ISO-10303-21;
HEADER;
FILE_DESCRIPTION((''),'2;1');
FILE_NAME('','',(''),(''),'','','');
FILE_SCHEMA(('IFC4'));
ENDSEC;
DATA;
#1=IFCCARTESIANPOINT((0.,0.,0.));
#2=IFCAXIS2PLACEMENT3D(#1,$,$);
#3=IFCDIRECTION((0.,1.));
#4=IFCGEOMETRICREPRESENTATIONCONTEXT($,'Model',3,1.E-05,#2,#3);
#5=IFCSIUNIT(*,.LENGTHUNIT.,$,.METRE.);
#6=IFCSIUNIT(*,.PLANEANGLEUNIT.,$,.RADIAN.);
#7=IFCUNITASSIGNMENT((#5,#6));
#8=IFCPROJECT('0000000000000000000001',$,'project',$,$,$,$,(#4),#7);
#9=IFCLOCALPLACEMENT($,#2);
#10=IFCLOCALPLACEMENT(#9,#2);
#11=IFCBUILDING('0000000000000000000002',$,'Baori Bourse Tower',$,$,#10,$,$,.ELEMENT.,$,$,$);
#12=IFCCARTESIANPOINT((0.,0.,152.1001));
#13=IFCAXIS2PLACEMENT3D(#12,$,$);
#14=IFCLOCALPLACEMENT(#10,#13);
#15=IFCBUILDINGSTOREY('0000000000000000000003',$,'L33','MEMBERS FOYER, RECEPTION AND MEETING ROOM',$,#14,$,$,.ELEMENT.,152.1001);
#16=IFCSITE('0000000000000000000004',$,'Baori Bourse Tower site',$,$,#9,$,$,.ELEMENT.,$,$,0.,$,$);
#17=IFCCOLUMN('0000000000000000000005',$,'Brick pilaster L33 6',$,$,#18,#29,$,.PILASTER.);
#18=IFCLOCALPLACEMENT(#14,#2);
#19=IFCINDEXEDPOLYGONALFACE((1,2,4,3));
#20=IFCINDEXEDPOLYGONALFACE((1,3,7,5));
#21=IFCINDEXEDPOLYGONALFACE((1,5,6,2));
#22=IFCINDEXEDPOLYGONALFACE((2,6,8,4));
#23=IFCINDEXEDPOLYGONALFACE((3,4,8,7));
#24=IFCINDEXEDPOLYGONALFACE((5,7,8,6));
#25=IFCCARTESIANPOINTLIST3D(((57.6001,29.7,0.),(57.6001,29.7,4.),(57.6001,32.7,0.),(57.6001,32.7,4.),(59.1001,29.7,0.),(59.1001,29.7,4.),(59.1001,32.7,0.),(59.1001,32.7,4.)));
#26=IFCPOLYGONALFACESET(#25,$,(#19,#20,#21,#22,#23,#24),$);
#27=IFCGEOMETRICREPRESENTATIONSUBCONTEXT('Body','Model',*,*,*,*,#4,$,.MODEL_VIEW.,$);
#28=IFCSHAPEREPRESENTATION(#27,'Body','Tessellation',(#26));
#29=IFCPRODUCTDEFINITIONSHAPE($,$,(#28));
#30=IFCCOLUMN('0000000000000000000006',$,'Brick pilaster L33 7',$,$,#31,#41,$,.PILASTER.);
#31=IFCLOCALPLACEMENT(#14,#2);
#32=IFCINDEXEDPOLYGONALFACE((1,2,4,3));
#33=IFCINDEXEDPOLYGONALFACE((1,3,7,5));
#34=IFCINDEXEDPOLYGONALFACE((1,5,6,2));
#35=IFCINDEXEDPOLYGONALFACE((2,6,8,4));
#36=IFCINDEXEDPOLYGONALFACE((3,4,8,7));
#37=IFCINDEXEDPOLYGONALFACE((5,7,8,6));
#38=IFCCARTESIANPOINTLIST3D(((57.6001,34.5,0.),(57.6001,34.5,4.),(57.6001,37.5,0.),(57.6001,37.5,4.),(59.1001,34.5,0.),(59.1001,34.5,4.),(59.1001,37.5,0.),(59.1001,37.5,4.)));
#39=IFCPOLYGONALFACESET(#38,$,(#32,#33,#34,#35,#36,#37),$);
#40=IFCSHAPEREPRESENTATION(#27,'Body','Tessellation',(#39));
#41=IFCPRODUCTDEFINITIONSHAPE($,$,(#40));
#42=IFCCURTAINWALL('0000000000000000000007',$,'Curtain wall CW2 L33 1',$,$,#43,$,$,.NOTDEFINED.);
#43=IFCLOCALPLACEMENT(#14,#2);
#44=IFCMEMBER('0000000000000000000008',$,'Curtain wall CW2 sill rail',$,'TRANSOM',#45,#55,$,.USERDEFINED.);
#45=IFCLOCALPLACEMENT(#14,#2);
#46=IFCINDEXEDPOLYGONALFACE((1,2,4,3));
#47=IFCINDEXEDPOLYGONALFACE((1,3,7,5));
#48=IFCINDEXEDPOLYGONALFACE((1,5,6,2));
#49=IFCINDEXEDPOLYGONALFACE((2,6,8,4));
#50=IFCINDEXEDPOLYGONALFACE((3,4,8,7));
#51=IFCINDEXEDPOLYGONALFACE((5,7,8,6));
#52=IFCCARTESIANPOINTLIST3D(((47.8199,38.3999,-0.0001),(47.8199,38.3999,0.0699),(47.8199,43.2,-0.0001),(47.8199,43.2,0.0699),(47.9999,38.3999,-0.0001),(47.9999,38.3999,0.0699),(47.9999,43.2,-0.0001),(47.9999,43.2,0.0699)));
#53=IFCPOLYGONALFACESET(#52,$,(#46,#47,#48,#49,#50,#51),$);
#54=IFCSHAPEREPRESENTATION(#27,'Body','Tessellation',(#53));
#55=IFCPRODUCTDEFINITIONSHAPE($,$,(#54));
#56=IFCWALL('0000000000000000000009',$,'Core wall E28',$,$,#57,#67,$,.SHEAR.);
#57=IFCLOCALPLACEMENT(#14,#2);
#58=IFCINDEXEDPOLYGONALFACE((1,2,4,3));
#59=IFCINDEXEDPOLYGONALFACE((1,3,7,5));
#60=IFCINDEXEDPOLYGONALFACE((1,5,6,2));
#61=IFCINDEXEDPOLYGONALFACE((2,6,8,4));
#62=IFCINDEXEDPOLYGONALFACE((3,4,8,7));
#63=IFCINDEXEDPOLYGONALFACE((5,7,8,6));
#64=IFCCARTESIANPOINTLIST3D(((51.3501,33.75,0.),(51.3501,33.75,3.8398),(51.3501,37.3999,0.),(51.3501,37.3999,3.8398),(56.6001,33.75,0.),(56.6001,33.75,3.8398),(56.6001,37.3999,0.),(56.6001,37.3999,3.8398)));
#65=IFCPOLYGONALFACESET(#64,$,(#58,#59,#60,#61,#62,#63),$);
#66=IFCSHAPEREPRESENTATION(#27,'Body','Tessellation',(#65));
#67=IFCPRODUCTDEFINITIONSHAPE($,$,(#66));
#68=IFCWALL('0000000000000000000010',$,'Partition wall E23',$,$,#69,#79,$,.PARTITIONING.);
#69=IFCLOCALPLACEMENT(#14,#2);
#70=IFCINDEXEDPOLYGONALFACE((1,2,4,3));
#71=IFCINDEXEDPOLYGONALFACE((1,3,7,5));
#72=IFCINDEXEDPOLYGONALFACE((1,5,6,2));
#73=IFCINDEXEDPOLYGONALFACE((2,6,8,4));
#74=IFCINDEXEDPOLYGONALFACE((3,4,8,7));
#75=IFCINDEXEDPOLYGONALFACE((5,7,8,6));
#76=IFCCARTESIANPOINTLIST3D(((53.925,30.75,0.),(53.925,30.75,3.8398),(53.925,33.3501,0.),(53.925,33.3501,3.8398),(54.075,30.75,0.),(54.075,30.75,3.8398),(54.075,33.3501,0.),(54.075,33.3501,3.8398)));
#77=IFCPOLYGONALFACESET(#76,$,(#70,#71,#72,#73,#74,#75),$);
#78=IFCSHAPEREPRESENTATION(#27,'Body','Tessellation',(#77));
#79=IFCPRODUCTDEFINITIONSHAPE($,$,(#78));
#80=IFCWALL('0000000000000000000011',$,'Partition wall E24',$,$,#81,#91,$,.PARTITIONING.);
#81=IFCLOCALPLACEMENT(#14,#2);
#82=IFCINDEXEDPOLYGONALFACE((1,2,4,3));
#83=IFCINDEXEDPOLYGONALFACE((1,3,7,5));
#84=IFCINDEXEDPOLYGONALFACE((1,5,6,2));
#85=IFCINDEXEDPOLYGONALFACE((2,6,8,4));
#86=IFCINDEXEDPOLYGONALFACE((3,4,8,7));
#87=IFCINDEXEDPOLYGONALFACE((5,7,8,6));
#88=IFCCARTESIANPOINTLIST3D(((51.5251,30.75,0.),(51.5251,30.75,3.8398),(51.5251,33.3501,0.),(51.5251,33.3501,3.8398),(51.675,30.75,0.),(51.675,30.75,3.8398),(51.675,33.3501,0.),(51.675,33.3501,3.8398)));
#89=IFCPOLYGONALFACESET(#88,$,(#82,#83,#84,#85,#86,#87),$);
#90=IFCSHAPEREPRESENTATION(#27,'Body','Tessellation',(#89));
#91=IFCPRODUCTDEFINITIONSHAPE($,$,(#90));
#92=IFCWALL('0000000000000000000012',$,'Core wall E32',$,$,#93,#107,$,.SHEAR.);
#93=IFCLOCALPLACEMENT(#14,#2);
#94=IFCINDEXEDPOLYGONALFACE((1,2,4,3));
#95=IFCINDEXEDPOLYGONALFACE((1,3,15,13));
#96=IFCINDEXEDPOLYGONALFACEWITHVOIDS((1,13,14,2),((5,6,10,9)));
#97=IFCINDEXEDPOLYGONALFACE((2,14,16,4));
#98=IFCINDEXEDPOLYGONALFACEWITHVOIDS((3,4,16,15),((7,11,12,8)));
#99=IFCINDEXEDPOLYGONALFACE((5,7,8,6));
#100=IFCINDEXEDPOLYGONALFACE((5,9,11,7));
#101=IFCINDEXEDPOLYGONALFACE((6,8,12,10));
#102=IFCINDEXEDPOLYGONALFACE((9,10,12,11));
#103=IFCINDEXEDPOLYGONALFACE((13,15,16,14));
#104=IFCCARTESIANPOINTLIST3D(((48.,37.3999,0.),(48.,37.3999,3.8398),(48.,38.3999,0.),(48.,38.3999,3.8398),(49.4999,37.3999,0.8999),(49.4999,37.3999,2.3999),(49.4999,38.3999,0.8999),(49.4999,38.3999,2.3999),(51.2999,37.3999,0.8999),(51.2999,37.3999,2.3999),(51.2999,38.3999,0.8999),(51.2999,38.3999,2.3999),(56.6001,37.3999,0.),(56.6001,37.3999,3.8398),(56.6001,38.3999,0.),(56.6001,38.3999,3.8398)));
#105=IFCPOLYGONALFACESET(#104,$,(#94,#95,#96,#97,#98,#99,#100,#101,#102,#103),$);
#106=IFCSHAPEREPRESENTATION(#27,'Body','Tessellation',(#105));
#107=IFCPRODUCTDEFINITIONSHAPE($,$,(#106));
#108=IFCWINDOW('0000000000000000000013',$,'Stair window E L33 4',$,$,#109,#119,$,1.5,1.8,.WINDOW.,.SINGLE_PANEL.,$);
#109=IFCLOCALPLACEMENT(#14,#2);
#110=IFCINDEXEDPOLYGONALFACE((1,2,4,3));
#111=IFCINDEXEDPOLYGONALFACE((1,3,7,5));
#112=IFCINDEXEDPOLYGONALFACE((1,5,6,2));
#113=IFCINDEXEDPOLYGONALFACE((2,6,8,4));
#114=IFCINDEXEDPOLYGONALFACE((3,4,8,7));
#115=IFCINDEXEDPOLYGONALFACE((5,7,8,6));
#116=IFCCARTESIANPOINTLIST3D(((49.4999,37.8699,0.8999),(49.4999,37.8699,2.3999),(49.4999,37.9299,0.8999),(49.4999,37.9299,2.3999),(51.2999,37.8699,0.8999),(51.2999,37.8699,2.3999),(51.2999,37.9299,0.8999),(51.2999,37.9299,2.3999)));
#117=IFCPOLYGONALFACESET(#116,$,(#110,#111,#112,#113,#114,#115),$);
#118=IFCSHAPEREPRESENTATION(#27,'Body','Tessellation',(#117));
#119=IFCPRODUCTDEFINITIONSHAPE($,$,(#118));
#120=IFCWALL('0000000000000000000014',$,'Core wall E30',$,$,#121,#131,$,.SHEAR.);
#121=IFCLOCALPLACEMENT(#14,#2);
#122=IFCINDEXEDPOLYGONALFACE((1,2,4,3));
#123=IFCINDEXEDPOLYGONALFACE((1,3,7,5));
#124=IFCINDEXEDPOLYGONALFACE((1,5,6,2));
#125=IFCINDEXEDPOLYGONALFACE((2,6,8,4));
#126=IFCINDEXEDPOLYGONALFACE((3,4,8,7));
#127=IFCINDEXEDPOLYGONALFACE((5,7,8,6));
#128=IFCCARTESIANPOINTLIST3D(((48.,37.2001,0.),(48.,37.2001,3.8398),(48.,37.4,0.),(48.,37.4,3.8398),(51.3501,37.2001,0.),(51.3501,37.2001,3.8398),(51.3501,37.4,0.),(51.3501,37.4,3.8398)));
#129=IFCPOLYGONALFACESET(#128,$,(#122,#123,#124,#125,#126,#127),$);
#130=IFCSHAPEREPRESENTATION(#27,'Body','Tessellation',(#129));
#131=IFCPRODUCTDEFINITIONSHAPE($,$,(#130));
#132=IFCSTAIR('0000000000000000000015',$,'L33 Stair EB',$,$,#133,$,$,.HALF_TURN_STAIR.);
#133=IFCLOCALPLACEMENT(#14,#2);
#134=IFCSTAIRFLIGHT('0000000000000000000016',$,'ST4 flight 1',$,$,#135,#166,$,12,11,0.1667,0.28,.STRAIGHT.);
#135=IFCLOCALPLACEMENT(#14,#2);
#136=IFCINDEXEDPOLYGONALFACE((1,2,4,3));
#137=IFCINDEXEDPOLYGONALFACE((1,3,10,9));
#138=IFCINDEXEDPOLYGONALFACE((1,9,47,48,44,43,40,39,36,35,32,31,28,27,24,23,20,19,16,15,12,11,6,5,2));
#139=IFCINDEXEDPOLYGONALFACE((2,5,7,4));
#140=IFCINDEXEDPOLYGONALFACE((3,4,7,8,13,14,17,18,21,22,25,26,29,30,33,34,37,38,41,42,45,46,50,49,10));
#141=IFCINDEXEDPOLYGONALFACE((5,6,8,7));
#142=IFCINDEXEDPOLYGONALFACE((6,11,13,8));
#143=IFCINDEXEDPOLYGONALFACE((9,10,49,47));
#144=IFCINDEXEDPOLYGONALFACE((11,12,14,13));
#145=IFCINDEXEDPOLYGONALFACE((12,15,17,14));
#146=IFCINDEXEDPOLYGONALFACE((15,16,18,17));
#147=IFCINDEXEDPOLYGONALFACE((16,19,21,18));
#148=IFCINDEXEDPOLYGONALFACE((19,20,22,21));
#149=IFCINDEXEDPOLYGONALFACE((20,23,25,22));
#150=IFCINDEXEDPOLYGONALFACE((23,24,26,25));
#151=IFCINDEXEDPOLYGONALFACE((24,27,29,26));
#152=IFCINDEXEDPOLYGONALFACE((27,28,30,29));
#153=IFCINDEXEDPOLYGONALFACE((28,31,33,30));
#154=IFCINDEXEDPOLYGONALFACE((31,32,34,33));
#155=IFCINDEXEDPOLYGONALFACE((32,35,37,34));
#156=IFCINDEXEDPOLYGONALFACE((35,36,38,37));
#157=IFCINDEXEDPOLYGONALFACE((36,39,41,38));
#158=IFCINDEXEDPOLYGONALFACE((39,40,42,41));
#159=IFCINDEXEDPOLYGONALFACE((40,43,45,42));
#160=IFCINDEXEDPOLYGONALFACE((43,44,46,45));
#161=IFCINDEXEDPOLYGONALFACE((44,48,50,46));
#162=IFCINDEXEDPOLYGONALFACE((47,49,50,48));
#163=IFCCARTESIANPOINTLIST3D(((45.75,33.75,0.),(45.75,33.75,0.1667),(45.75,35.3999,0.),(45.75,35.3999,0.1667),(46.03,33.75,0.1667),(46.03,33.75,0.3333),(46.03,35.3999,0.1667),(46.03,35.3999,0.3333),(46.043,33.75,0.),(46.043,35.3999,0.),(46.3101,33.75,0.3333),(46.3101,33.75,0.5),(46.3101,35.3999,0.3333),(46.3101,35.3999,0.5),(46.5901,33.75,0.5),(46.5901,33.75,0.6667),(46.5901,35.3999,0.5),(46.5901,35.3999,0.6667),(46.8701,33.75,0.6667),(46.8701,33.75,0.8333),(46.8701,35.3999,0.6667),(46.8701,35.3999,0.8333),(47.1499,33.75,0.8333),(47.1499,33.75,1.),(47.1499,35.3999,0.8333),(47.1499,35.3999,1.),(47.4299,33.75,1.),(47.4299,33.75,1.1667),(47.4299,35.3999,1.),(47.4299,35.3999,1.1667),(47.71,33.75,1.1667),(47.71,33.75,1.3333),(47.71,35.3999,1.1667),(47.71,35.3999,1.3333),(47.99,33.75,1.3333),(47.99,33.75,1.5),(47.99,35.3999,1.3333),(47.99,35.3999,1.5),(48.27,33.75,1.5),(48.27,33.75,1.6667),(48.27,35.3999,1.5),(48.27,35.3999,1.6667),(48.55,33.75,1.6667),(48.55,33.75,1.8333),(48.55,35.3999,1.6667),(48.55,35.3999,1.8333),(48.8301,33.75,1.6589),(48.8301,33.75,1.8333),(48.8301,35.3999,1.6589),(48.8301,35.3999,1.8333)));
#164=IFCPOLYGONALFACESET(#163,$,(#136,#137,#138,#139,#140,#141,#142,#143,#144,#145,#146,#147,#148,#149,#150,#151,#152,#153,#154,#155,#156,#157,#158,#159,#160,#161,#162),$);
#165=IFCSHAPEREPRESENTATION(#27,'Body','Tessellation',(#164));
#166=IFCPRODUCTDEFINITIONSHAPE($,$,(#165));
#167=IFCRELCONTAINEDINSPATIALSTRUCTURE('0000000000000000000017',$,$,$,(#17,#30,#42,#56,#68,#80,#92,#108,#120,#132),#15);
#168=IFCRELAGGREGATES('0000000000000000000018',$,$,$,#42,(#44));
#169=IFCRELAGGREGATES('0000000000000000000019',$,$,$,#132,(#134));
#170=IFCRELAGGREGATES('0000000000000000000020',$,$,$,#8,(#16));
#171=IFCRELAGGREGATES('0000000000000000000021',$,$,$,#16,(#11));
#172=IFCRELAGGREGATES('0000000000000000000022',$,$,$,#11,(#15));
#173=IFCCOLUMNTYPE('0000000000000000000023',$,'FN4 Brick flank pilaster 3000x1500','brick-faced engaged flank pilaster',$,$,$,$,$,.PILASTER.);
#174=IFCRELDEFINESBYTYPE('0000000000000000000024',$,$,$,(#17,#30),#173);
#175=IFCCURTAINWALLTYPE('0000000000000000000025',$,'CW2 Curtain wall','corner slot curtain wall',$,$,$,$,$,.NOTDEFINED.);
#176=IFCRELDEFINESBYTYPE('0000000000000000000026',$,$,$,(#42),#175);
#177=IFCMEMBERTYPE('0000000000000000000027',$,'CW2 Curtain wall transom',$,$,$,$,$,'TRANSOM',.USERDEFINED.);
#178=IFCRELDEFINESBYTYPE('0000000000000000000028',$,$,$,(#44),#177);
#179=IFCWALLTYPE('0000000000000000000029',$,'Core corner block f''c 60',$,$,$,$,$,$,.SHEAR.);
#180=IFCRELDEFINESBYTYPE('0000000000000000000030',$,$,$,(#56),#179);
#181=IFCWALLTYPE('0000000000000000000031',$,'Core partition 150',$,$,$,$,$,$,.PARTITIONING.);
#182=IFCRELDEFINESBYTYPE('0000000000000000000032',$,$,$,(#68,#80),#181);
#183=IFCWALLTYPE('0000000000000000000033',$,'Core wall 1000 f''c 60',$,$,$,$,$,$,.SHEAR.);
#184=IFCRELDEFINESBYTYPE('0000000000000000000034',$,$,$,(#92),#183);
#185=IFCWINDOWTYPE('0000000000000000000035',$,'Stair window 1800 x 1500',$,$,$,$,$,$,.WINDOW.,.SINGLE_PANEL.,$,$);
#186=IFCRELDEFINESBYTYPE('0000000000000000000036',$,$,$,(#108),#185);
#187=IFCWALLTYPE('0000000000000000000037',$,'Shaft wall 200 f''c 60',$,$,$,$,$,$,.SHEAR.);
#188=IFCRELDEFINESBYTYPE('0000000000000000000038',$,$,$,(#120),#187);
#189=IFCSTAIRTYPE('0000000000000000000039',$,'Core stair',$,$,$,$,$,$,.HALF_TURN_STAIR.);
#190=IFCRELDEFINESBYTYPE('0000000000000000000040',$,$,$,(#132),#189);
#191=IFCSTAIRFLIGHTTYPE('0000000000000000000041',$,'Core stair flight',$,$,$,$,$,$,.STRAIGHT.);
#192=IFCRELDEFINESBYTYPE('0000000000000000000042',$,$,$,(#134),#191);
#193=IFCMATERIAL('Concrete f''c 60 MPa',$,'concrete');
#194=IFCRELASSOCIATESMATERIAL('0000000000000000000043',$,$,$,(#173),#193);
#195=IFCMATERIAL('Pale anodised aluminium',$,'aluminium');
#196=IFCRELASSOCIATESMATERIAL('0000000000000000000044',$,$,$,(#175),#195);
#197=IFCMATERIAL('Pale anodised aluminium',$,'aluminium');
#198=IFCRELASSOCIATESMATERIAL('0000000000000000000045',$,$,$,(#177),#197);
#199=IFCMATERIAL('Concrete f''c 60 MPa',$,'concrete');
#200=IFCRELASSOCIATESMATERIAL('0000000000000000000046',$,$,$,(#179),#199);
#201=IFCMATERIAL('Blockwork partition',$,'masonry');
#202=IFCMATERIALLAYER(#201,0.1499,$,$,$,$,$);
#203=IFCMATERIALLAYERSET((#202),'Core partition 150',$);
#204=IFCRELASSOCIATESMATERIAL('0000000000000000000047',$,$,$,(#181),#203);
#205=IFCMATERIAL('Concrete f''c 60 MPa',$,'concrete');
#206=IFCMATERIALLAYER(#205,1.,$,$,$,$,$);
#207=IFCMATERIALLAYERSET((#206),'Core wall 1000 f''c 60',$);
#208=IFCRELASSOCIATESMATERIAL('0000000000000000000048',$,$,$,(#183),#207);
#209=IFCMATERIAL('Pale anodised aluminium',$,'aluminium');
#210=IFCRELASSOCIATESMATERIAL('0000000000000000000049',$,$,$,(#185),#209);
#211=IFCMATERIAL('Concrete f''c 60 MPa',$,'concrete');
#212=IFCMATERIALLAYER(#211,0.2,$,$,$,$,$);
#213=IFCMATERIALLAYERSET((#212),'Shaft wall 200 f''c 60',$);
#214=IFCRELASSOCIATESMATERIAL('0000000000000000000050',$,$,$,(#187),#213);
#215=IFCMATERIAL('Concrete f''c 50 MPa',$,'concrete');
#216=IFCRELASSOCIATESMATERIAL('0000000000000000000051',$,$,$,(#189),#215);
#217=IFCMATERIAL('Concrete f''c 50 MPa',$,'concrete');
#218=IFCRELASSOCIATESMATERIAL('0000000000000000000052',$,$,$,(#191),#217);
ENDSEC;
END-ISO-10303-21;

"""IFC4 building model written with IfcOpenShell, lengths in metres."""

from ifc_helpers import new_model, si_unit, direction, frame, frame_2d, origin, origin_2d, place, context, subcontext, project, spatial, polyline, rectangle, outline, extrude, material, layer, layer_set, material_profile, profile_set, type_object, element, fill, aggregate, save


model = new_model("IFC4")

# Units and contexts
model_context = context("Model", 3, precision=1e-05, world=origin(), true_north=direction((0.0, 1.0)))
body_context = subcontext(model_context, "Body", "Model", "MODEL_VIEW")
ifc_project = project(units=[si_unit("LENGTHUNIT", "METRE"), si_unit("PLANEANGLEUNIT", "RADIAN")], contexts=[model_context])

# Site, building, storey
site_placement = place(None, origin())
site = spatial("IfcSite", under=ifc_project, at=site_placement, Name="Baori Bourse Tower site", CompositionType="ELEMENT", RefElevation=0.0)
building_placement = place(site_placement, origin())
building = spatial("IfcBuilding", under=site, at=building_placement, Name="Baori Bourse Tower", CompositionType="ELEMENT")
storey_placement = place(building_placement, frame((0.0, 0.0, 152.1001)))
storey = spatial("IfcBuildingStorey", under=building, at=storey_placement, Name="L33", Description="MEMBERS FOYER, RECEPTION AND MEETING ROOM", CompositionType="ELEMENT", Elevation=152.1001)

# Columns
ifc_material_1 = material(Name="Concrete f'c 60 MPa", Category="concrete")
ifc_material_profile_1 = material_profile(ifc_material_1, rectangle(XDim=3.0, YDim=1.5, at=origin_2d()), Name="RC 3000x1500")
ifc_profile_set_1 = profile_set([ifc_material_profile_1], Name="Concrete f'c 60 MPa")
column_type = type_object("IfcColumnType", Name="FN4 Brick flank pilaster 3000x1500", Description="brick-faced engaged flank pilaster", PredefinedType="PILASTER", material=ifc_profile_set_1)
for number, where, z_axis, x_axis, name in (
    (1, (58.3501, 31.2, 0.0), (0.0, 0.0, 1.0), (0.0, 1.0, 0.0), "Brick pilaster L33 6"),
    (2, (58.3501, 36.0, 0.0), (0.0, 0.0, 1.0), (0.0, 1.0, 0.0), "Brick pilaster L33 7"),
):
    element("IfcColumn", number, at=place(storey_placement, frame(where, z_axis=z_axis, x_axis=x_axis)), inside=storey, type_object=column_type, Name=name, PredefinedType="PILASTER", context=body_context, shape_type="SweptSolid", body=[
        extrude(rectangle(XDim=3.0, YDim=1.5, at=origin_2d()), origin(), (0.0, 0.0, 1.0), 4.0),
    ])

# Curtain wall, member
ifc_material_2 = material(Name="Pale anodised aluminium", Category="aluminium")
curtain_wall_type = type_object("IfcCurtainWallType", Name="CW2 Curtain wall", Description="corner slot curtain wall", PredefinedType="NOTDEFINED", material=ifc_material_2)
curtain_wall_placement = place(storey_placement, origin())
curtain_wall = element("IfcCurtainWall", 3, at=curtain_wall_placement, inside=storey, type_object=curtain_wall_type, Name="Curtain wall CW2 L33 1", PredefinedType="NOTDEFINED")
ifc_material_3 = material(Name="Pale anodised aluminium", Category="aluminium")
ifc_material_profile_2 = material_profile(ifc_material_3, rectangle(XDim=0.1799, YDim=0.0701, at=origin_2d()), Name="Transom 70x180")
ifc_profile_set_2 = profile_set([ifc_material_profile_2], Name="Pale anodised aluminium")
member_type = type_object("IfcMemberType", Name="CW2 Curtain wall transom", ElementType="TRANSOM", PredefinedType="USERDEFINED", material=ifc_profile_set_2)
member_placement = place(storey_placement, frame((47.9099, 38.3999, 0.0349), z_axis=(0.0, 1.0, 0.0), x_axis=(-1.0, 0.0, 0.0)))
member = element("IfcMember", 4, at=member_placement, type_object=member_type, Name="Curtain wall CW2 sill rail", ObjectType="TRANSOM", PredefinedType="USERDEFINED", context=body_context, shape_type="SweptSolid", body=[
    extrude(rectangle(XDim=0.1799, YDim=0.0701, at=origin_2d()), origin(), (0.0, 0.0, 1.0), 4.8),
])
aggregate(curtain_wall, [member])

# Walls
ifc_material_4 = material(Name="Concrete f'c 60 MPa", Category="concrete")
wall_type_1 = type_object("IfcWallType", Name="Core corner block f'c 60", PredefinedType="SHEAR", material=ifc_material_4)
wall_1_placement = place(storey_placement, frame((51.3501, 35.575, 0.0), z_axis=(0.0, 0.0, 1.0), x_axis=(1.0, 0.0, 0.0)))
element("IfcWall", 5, at=wall_1_placement, inside=storey, type_object=wall_type_1, Name="Core wall E28", PredefinedType="SHEAR", context=body_context, shape_type="SweptSolid", body=[
    extrude(rectangle(XDim=5.25, YDim=3.6499, at=frame_2d((2.625, 0.0))), origin(), (0.0, 0.0, 1.0), 3.8398),
])
ifc_material_5 = material(Name="Blockwork partition", Category="masonry")
ifc_layer_1 = layer(ifc_material_5, 0.1499)
ifc_layer_set_1 = layer_set([ifc_layer_1], Name="Core partition 150")
wall_type_2 = type_object("IfcWallType", Name="Core partition 150", PredefinedType="PARTITIONING", material=ifc_layer_set_1)
for number, where, z_axis, x_axis, name in (
    (6, (54.0, 30.75, 0.0), (0.0, 0.0, 1.0), (0.0, 1.0, 0.0), "Partition wall E23"),
    (7, (51.6001, 30.75, 0.0), (0.0, 0.0, 1.0), (0.0, 1.0, 0.0), "Partition wall E24"),
):
    element("IfcWall", number, at=place(storey_placement, frame(where, z_axis=z_axis, x_axis=x_axis)), inside=storey, type_object=wall_type_2, Name=name, PredefinedType="PARTITIONING", context=body_context, shape_type="SweptSolid", body=[
        extrude(rectangle(XDim=2.6001, YDim=0.1499, at=frame_2d((1.3, 0.0))), origin(), (0.0, 0.0, 1.0), 3.8398),
    ])

# Wall, opening, window
ifc_material_6 = material(Name="Concrete f'c 60 MPa", Category="concrete")
ifc_layer_2 = layer(ifc_material_6, 1.0)
ifc_layer_set_2 = layer_set([ifc_layer_2], Name="Core wall 1000 f'c 60")
wall_type_3 = type_object("IfcWallType", Name="Core wall 1000 f'c 60", PredefinedType="SHEAR", material=ifc_layer_set_2)
wall_2_placement = place(storey_placement, frame((48.0, 37.8999, 0.0), z_axis=(0.0, 0.0, 1.0), x_axis=(1.0, 0.0, 0.0)))
wall_2 = element("IfcWall", 8, at=wall_2_placement, inside=storey, type_object=wall_type_3, Name="Core wall E32", PredefinedType="SHEAR", context=body_context, shape_type="SweptSolid", body=[
    extrude(rectangle(XDim=8.6001, YDim=1.0, at=frame_2d((4.3, 0.0))), origin(), (0.0, 0.0, 1.0), 3.8398),
])
opening_placement = place(wall_2_placement, frame((1.5, 0.0, 0.8999)))
opening = element("IfcOpeningElement", 9, at=opening_placement, cuts=wall_2, PredefinedType="OPENING", context=body_context, shape_type="SweptSolid", body=[
    extrude(rectangle(XDim=1.8, YDim=1.5, at=frame_2d((0.8999, 0.75))), frame((0.0, 0.51, 0.0), z_axis=(0.0, -1.0, 0.0), x_axis=(1.0, 0.0, 0.0)), (0.0, 0.0, 1.0), 1.02),
])
ifc_material_7 = material(Name="Pale anodised aluminium", Category="aluminium")
window_type = type_object("IfcWindowType", Name="Stair window 1800 x 1500", PartitioningType="SINGLE_PANEL", PredefinedType="WINDOW", material=ifc_material_7)
window_placement = place(opening_placement, origin())
window = element("IfcWindow", 10, at=window_placement, inside=storey, type_object=window_type, Name="Stair window E L33 4", OverallHeight=1.5, OverallWidth=1.8, PartitioningType="SINGLE_PANEL", PredefinedType="WINDOW", context=body_context, shape_type="SweptSolid", body=[
    extrude(rectangle(XDim=1.8, YDim=1.5, at=frame_2d((0.8999, 0.75))), frame((0.0, 0.03, 0.0), z_axis=(0.0, -1.0, 0.0), x_axis=(1.0, 0.0, 0.0)), (0.0, 0.0, 1.0), 0.0601),
])
fill(opening, window)

# Wall
ifc_material_8 = material(Name="Concrete f'c 60 MPa", Category="concrete")
ifc_layer_3 = layer(ifc_material_8, 0.2)
ifc_layer_set_3 = layer_set([ifc_layer_3], Name="Shaft wall 200 f'c 60")
wall_type_4 = type_object("IfcWallType", Name="Shaft wall 200 f'c 60", PredefinedType="SHEAR", material=ifc_layer_set_3)
wall_3_placement = place(storey_placement, frame((48.0, 37.3, 0.0), z_axis=(0.0, 0.0, 1.0), x_axis=(1.0, 0.0, 0.0)))
element("IfcWall", 11, at=wall_3_placement, inside=storey, type_object=wall_type_4, Name="Core wall E30", PredefinedType="SHEAR", context=body_context, shape_type="SweptSolid", body=[
    extrude(rectangle(XDim=3.3501, YDim=0.2, at=frame_2d((1.675, 0.0))), origin(), (0.0, 0.0, 1.0), 3.8398),
])

# Stair, stair flight
ifc_material_9 = material(Name="Concrete f'c 50 MPa", Category="concrete")
stair_type = type_object("IfcStairType", Name="Core stair", PredefinedType="HALF_TURN_STAIR", material=ifc_material_9)
stair_placement = place(storey_placement, origin())
stair = element("IfcStair", 12, at=stair_placement, inside=storey, type_object=stair_type, Name="L33 Stair EB", PredefinedType="HALF_TURN_STAIR")
ifc_material_10 = material(Name="Concrete f'c 50 MPa", Category="concrete")
stair_flight_type = type_object("IfcStairFlightType", Name="Core stair flight", PredefinedType="STRAIGHT", material=ifc_material_10)
stair_flight_1_placement = place(storey_placement, frame((45.75, 34.575, 0.0), z_axis=(0.0, 0.0, 1.0), x_axis=(1.0, 0.0, 0.0)))
stair_flight_1 = element("IfcStairFlight", 13, at=stair_flight_1_placement, type_object=stair_flight_type, Name="ST4 flight 1", NumberOfRisers=12, NumberOfTreads=11, PredefinedType="STRAIGHT", RiserHeight=0.1667, TreadLength=0.28, context=body_context, shape_type="SweptSolid", body=[
    extrude(outline(polyline([(0.0, 0.0), (0.0, 0.1667), (0.28, 0.1667), (0.28, 0.3333), (0.5601, 0.3333), (0.5601, 0.5), (0.8401, 0.5), (0.8401, 0.6667), (1.1201, 0.6667), (1.1201, 0.8333), (1.3999, 0.8333), (1.3999, 1.0), (1.6799, 1.0), (1.6799, 1.1667), (1.96, 1.1667), (1.96, 1.3333), (2.24, 1.3333), (2.24, 1.5), (2.52, 1.5), (2.52, 1.6667), (2.8, 1.6667), (2.8, 1.8333), (3.0801, 1.8333), (3.0801, 2.0), (3.0801, 1.6589), (0.293, 0.0), (0.0, 0.0)])), frame((0.0, 0.825, 0.0), z_axis=(0.0, -1.0, 0.0), x_axis=(1.0, 0.0, 0.0)), (0.0, 0.0, 1.0), 1.6499),
])
aggregate(stair, [stair_flight_1])

save(model, "model.ifc")
